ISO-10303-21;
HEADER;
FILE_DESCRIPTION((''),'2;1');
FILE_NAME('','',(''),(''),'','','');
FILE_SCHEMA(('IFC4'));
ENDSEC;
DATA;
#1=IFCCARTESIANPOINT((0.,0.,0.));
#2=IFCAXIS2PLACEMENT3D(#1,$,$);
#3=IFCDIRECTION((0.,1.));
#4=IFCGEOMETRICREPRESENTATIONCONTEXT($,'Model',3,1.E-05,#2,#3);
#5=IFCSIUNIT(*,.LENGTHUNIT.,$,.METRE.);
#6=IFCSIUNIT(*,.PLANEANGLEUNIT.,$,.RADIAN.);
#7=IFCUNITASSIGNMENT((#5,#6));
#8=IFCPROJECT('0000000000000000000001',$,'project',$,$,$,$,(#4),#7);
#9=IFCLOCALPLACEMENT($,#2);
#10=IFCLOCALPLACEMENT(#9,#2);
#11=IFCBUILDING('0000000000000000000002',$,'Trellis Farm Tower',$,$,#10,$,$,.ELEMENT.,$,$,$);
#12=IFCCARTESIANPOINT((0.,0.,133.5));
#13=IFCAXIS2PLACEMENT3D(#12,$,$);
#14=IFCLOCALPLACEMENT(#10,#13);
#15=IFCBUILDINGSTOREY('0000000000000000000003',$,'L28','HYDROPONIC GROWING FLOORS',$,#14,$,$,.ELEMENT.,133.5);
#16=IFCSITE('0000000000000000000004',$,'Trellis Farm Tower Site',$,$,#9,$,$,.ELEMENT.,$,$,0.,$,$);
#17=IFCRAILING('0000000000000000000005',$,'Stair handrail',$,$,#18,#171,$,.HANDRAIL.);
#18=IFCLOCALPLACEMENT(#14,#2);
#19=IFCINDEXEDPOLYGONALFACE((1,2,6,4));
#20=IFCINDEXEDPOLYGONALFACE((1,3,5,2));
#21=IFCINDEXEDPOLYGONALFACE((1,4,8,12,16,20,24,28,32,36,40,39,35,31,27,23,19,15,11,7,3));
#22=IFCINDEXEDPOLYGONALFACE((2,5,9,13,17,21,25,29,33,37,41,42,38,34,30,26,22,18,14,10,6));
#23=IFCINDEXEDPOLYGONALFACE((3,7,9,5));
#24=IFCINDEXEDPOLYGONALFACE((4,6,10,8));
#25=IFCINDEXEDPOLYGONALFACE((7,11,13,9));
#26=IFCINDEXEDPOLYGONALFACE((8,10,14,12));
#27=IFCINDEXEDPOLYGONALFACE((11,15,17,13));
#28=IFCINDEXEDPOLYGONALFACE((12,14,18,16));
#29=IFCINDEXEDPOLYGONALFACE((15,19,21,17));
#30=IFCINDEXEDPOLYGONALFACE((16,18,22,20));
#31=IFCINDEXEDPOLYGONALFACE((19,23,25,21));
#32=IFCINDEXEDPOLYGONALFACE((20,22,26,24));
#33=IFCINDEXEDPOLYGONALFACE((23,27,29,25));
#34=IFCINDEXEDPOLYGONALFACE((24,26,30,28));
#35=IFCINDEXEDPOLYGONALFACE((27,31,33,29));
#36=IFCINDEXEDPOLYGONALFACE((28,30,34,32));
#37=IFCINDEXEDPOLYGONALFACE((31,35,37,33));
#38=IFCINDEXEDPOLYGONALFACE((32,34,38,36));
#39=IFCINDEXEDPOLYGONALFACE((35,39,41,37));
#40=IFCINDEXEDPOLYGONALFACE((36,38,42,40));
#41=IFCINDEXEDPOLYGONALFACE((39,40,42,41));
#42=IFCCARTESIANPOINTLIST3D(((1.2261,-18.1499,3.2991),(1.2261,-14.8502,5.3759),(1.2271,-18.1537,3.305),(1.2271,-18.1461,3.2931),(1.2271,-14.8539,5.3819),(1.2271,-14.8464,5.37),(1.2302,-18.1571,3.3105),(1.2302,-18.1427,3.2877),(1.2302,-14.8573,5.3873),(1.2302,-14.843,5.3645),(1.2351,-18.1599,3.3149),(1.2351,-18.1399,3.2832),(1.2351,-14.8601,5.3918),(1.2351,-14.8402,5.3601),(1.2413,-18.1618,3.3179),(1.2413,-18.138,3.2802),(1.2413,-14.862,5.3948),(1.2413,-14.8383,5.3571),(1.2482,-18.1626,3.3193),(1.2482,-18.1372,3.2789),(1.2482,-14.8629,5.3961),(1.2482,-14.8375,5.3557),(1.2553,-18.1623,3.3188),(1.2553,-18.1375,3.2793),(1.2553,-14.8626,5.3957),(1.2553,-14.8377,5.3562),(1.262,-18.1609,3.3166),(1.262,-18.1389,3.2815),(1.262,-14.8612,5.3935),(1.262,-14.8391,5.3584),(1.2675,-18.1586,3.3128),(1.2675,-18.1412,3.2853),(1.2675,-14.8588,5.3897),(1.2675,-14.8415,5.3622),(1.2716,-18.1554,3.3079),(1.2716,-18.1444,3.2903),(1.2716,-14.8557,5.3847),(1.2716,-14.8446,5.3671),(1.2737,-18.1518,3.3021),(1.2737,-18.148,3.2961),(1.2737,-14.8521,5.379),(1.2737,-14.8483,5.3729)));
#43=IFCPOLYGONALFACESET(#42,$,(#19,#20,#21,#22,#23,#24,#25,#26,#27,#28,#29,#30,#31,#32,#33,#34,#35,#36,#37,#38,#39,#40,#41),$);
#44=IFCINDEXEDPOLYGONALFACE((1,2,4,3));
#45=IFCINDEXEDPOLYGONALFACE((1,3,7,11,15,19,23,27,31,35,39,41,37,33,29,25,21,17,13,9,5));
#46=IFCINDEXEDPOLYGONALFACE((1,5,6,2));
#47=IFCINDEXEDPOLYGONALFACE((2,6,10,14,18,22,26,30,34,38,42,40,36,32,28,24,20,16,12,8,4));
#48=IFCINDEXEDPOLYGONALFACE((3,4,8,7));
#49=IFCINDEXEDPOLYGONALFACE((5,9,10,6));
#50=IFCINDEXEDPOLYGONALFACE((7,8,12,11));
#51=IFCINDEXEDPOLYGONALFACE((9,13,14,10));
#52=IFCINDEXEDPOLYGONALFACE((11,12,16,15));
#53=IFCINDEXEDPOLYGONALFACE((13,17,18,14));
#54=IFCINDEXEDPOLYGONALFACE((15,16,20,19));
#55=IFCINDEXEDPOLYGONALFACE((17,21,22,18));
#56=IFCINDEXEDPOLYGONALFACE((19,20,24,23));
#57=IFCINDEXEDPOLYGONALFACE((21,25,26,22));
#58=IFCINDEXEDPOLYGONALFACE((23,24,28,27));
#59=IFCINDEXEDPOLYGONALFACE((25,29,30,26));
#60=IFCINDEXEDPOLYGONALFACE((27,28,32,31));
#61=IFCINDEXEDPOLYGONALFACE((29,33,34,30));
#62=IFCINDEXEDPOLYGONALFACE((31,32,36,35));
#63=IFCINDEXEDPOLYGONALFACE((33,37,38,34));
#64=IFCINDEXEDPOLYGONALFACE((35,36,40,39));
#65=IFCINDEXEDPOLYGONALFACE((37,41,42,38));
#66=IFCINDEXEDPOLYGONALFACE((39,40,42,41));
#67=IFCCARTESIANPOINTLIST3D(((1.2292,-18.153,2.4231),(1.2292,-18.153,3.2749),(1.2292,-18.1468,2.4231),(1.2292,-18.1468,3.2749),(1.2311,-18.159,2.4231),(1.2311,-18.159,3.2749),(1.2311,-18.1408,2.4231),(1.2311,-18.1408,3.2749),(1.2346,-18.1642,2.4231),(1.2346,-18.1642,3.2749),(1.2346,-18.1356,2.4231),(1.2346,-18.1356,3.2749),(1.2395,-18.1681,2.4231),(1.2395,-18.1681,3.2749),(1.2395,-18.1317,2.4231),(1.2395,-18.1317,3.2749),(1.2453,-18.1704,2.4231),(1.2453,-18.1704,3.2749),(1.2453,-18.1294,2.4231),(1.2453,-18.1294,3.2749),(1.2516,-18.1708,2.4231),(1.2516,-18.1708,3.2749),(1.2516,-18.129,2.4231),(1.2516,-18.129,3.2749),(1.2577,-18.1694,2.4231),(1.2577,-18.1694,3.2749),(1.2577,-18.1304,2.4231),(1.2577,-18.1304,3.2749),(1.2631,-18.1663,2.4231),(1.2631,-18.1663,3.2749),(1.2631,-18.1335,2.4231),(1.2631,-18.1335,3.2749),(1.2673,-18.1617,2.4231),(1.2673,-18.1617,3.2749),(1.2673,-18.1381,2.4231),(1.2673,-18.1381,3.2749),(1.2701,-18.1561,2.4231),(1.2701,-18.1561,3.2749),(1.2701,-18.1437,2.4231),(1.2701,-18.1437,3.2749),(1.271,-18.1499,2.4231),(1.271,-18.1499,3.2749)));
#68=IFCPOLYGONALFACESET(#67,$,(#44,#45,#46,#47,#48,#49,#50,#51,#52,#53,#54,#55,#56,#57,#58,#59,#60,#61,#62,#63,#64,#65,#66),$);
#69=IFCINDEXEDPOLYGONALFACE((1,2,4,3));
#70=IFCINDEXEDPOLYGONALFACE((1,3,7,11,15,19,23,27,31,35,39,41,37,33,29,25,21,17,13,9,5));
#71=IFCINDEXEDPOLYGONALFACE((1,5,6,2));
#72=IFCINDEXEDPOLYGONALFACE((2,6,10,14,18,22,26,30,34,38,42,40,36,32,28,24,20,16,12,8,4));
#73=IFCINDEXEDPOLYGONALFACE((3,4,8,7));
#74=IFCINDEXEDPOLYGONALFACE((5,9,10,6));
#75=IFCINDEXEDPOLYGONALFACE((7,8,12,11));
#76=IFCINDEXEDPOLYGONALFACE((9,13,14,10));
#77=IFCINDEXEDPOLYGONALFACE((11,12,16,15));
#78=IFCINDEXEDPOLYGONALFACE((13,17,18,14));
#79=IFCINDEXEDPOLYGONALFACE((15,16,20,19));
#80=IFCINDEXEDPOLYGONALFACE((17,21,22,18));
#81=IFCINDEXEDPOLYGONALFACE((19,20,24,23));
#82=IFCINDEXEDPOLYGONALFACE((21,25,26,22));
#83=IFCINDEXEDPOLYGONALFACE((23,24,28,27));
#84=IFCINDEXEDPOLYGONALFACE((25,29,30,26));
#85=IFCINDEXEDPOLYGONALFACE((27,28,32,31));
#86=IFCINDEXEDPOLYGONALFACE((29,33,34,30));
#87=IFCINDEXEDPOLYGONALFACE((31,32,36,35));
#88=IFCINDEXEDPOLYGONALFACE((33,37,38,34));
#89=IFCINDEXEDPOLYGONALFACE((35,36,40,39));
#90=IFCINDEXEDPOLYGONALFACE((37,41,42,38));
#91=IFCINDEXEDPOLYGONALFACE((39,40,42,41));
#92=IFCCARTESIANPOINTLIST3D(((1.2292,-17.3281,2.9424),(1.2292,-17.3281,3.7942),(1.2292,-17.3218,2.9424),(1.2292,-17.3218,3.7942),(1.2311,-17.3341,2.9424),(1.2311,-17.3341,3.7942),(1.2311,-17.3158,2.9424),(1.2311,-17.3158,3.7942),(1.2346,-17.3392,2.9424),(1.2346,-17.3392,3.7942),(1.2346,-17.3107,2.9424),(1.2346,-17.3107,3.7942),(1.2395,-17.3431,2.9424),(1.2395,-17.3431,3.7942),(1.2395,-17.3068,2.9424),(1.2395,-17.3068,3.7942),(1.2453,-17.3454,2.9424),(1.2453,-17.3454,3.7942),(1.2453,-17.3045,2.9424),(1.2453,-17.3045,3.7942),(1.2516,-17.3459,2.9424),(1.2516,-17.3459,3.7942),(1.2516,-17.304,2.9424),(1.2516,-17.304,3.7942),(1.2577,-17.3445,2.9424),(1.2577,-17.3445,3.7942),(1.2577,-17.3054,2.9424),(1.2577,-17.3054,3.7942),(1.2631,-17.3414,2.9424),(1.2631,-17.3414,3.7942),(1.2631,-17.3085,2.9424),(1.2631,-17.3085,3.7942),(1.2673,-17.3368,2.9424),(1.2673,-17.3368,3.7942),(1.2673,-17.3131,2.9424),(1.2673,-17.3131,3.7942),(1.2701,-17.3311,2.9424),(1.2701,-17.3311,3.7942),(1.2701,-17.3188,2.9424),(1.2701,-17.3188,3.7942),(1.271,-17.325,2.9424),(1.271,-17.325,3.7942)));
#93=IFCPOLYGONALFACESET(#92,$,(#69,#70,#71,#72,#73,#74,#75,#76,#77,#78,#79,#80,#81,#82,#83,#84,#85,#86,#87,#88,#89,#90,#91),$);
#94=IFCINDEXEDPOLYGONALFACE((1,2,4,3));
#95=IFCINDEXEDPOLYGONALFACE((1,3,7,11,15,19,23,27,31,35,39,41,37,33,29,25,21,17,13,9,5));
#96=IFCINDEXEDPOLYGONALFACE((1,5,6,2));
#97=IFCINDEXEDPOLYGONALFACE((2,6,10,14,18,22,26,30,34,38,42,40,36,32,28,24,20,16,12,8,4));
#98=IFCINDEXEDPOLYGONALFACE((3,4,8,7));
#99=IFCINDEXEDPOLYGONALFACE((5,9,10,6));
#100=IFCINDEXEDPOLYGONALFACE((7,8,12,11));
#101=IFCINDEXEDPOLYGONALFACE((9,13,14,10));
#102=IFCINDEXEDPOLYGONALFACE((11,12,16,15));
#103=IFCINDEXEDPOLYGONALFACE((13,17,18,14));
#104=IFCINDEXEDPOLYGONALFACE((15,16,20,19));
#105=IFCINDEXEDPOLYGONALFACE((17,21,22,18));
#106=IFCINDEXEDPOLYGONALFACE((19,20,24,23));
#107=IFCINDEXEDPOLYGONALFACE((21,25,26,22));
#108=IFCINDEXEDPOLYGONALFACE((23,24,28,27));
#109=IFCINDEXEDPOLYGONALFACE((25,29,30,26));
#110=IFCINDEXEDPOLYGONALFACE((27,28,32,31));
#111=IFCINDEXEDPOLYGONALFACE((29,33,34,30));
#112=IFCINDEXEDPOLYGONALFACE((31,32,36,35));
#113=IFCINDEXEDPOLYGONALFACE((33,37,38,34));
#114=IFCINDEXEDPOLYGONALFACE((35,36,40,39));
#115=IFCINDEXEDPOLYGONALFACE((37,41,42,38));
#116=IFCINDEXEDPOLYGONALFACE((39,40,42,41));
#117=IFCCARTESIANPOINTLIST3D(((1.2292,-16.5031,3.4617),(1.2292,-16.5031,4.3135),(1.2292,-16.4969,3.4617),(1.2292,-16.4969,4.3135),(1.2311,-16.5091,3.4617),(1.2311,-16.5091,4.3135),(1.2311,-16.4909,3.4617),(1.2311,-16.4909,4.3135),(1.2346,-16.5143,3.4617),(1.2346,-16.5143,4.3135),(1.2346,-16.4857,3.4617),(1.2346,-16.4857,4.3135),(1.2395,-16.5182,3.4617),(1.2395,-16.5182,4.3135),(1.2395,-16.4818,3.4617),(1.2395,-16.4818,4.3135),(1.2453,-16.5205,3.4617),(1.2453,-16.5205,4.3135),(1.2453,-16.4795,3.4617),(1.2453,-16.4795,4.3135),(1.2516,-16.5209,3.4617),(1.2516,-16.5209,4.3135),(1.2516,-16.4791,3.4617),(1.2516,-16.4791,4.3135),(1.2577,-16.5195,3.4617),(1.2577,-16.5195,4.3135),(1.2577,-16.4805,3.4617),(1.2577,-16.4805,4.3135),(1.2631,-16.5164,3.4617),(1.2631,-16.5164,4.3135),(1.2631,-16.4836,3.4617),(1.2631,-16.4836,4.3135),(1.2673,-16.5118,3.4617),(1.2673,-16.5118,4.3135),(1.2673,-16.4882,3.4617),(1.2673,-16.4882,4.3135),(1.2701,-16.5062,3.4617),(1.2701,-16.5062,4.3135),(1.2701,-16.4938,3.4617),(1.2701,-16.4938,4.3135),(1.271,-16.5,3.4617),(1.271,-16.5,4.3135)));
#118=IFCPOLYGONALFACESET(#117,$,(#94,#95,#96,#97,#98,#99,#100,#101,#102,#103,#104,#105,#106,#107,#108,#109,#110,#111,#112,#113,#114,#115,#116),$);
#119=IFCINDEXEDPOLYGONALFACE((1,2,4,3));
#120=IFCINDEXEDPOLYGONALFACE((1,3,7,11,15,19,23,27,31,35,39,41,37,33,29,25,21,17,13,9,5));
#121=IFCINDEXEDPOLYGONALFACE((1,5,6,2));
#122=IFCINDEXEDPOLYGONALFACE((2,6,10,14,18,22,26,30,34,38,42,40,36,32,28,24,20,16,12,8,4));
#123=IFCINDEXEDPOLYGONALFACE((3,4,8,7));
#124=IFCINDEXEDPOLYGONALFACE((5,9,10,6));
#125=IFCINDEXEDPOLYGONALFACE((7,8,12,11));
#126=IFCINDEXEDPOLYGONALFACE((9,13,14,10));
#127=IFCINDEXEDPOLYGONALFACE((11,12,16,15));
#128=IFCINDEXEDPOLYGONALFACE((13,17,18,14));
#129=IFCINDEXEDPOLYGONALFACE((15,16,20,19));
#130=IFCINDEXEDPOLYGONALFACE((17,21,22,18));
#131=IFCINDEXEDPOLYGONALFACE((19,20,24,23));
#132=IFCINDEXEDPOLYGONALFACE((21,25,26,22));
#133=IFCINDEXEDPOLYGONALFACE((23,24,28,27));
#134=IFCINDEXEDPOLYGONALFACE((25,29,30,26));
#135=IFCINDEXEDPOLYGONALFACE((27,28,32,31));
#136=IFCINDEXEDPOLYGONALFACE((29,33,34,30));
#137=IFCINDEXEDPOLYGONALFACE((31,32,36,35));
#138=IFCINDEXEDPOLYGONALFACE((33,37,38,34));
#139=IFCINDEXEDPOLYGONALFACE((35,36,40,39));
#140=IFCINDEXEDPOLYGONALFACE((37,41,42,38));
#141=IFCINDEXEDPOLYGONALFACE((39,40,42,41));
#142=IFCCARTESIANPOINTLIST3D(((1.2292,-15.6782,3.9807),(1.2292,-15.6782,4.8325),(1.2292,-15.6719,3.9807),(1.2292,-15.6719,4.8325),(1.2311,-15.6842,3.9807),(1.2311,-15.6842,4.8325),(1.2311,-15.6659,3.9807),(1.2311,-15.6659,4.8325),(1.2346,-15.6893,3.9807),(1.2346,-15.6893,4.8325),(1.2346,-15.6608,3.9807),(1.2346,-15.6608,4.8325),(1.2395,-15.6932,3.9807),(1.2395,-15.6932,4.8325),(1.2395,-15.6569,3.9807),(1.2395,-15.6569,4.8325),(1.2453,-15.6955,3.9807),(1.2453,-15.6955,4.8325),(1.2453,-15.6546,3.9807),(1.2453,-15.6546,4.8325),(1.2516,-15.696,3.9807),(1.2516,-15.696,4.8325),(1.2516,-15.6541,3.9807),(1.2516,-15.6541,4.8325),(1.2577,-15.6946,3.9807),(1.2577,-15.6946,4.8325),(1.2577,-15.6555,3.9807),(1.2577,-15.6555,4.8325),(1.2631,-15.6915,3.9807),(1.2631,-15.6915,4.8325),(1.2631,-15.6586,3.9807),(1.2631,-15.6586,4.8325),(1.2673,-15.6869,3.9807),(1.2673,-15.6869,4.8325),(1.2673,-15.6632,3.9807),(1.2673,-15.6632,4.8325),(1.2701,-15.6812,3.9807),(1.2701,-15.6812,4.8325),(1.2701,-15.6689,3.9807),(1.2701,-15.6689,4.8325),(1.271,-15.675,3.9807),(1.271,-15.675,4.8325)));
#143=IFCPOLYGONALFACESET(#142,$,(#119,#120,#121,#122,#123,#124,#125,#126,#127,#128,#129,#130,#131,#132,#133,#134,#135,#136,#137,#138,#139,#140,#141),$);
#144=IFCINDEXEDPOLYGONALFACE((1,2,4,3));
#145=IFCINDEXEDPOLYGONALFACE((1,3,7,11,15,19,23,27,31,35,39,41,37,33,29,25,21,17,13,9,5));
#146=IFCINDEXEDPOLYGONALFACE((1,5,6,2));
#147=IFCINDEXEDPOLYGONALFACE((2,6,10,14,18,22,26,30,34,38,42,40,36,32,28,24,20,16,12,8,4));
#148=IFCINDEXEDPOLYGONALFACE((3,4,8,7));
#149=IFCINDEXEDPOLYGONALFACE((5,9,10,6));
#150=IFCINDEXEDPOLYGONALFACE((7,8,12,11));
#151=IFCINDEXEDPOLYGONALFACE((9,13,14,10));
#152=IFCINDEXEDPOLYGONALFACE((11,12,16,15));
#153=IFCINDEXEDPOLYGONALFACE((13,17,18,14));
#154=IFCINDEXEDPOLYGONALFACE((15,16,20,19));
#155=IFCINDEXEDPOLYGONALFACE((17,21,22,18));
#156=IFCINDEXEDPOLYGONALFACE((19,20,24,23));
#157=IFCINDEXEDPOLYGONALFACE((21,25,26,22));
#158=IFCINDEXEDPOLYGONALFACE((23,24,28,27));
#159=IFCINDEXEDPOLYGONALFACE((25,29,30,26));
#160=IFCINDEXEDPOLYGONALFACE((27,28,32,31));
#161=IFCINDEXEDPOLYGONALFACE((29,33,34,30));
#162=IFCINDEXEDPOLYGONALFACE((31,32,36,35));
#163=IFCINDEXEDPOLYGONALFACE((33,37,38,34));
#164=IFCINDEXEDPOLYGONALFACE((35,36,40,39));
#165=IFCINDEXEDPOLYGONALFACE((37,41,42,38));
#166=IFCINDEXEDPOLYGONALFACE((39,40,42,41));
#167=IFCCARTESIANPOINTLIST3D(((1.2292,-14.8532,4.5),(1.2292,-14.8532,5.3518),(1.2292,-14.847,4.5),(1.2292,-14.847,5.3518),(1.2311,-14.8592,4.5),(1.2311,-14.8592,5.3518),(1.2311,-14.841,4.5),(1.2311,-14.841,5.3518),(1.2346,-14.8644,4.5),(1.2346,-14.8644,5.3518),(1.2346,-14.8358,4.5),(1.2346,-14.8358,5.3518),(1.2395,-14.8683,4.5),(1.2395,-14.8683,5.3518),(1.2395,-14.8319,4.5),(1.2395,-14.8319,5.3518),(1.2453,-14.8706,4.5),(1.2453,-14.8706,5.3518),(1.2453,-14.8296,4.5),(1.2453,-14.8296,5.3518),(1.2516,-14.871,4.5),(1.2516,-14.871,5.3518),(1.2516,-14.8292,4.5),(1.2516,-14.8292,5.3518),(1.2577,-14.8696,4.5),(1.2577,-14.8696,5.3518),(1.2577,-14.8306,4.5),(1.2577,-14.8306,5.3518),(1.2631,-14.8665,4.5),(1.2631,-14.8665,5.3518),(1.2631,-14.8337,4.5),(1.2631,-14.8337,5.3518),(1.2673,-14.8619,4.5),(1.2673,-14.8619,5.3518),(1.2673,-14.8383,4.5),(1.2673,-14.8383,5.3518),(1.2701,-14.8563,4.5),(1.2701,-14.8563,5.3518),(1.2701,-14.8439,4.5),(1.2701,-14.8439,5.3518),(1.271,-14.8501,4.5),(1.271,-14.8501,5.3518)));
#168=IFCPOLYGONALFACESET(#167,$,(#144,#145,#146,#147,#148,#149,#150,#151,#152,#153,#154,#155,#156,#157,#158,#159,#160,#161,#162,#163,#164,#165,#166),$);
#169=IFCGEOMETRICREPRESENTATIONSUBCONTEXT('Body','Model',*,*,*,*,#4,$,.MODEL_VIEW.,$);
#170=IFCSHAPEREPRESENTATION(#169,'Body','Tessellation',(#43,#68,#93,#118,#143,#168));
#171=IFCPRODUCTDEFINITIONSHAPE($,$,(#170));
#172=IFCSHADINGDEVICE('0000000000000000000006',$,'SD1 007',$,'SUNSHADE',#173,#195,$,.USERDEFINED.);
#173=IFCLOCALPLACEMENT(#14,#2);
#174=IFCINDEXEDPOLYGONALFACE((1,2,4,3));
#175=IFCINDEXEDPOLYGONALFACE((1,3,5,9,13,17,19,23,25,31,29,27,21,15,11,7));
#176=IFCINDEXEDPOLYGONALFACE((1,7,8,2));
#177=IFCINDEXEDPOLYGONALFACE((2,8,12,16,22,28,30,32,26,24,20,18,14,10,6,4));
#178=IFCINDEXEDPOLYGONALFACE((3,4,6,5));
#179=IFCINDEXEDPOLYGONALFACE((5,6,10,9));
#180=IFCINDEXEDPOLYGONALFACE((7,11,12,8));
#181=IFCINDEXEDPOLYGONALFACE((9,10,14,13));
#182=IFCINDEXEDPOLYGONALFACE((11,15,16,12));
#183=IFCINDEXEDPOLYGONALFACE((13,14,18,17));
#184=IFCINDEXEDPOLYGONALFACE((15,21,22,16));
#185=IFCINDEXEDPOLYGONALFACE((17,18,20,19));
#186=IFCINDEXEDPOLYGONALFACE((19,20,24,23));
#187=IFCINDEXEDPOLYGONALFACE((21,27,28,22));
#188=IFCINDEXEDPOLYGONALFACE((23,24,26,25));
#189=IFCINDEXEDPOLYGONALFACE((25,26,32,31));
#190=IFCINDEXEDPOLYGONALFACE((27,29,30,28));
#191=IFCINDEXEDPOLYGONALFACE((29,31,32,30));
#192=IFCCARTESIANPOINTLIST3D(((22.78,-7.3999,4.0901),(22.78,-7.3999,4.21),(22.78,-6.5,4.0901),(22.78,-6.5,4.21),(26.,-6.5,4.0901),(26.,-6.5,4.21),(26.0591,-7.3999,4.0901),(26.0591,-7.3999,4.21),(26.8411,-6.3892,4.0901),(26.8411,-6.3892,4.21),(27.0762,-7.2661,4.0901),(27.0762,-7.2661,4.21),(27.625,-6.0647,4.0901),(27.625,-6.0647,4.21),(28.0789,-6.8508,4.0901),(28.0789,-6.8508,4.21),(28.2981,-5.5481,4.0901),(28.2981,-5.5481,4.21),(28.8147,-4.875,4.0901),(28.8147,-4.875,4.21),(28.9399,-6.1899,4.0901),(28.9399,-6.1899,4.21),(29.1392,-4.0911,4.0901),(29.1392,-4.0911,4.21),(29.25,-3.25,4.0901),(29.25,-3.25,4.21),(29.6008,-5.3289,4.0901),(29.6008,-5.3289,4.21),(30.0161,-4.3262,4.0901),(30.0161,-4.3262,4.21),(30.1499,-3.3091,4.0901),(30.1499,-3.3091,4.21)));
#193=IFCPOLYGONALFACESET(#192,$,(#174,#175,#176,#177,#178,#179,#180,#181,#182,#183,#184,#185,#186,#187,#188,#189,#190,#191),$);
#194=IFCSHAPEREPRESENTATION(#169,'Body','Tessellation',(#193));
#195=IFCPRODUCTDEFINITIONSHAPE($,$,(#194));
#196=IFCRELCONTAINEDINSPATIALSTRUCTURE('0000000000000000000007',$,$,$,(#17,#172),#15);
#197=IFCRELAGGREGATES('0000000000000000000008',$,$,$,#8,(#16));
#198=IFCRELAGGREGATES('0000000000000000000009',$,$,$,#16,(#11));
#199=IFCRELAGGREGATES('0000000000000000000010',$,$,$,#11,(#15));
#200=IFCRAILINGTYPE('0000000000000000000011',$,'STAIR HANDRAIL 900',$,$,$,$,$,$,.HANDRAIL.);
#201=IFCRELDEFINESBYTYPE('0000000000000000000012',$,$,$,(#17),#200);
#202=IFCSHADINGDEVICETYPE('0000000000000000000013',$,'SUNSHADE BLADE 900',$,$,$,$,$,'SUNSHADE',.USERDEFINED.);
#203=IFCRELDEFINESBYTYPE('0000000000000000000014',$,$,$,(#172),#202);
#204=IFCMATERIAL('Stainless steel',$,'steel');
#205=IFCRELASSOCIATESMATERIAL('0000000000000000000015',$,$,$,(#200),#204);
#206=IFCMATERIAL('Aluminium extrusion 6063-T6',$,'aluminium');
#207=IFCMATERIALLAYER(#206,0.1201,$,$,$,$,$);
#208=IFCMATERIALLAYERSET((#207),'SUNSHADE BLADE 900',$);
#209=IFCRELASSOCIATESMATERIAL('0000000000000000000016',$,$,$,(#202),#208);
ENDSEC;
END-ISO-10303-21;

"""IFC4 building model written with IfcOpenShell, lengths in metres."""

from ifc_helpers import new_model, si_unit, direction, frame, origin, origin_2d, place, context, subcontext, project, spatial, polyline, circle, outline, extrude, source, transform, mapped, material, layer, layer_set, type_object, element, save


model = new_model("IFC4")

# Units and contexts
model_context = context("Model", 3, precision=1e-05, world=origin(), true_north=direction((0.0, 1.0)))
body_context = subcontext(model_context, "Body", "Model", "MODEL_VIEW")
ifc_project = project(units=[si_unit("LENGTHUNIT", "METRE"), si_unit("PLANEANGLEUNIT", "RADIAN")], contexts=[model_context])

# Site, building, storey
site_placement = place(None, origin())
site = spatial("IfcSite", under=ifc_project, at=site_placement, Name="Trellis Farm Tower Site", CompositionType="ELEMENT", RefElevation=0.0)
building_placement = place(site_placement, origin())
building = spatial("IfcBuilding", under=site, at=building_placement, Name="Trellis Farm Tower", CompositionType="ELEMENT")
storey_placement = place(building_placement, frame((0.0, 0.0, 133.5)))
storey = spatial("IfcBuildingStorey", under=building, at=storey_placement, Name="L28", Description="HYDROPONIC GROWING FLOORS", CompositionType="ELEMENT", Elevation=133.5)

# Shared definitions
ifc_material_1 = material(Name="Aluminium extrusion 6063-T6", Category="aluminium")

# Railing
ifc_material_2 = material(Name="Stainless steel", Category="steel")
railing_type = type_object("IfcRailingType", Name="STAIR HANDRAIL 900", PredefinedType="HANDRAIL", material=ifc_material_2)
shared_shape_1 = source(origin(), body_context, "Body", "SweptSolid", [
    extrude(circle(Radius=0.0239, at=origin_2d()), frame((0.0, 0.0, 0.876), z_axis=(0.0, 0.84632, 0.532675), x_axis=(-1.0, 0.0, 0.0)), (0.0, 0.0, 1.0), 3.8989),
    extrude(circle(Radius=0.021, at=origin_2d()), origin(), (0.0, 0.0, 1.0), 0.8518),
    extrude(circle(Radius=0.021, at=origin_2d()), frame((0.0, 0.825, 0.5193)), (0.0, 0.0, 1.0), 0.8518),
    extrude(circle(Radius=0.021, at=origin_2d()), frame((0.0, 1.6499, 1.0386)), (0.0, 0.0, 1.0), 0.8518),
    extrude(circle(Radius=0.021, at=origin_2d()), frame((0.0, 2.4749, 1.5576)), (0.0, 0.0, 1.0), 0.8518),
    extrude(circle(Radius=0.021, at=origin_2d()), frame((0.0, 3.2998, 2.0769)), (0.0, 0.0, 1.0), 0.8518),
])
railing_placement = place(storey_placement, frame((1.25, -18.1499, 2.4231)))
element("IfcRailing", 1, at=railing_placement, inside=storey, type_object=railing_type, Name="Stair handrail", PredefinedType="HANDRAIL", context=body_context, shape_type="MappedRepresentation", body=[
    mapped(shared_shape_1, transform((0.0, 0.0, 0.0))),
])

# Shading device
ifc_layer_1 = layer(ifc_material_1, 0.1201)
ifc_layer_set_1 = layer_set([ifc_layer_1], Name="SUNSHADE BLADE 900")
shading_device_type = type_object("IfcShadingDeviceType", Name="SUNSHADE BLADE 900", ElementType="SUNSHADE", PredefinedType="USERDEFINED", material=ifc_layer_set_1)
shared_shape_2 = source(origin(), body_context, "Body", "SweptSolid", [
    extrude(outline(polyline([(22.78, -7.3999), (26.0591, -7.3999), (27.0762, -7.2661), (28.0789, -6.8508), (28.9399, -6.1899), (29.6008, -5.3289), (30.0161, -4.3262), (30.1499, -3.3091), (29.25, -3.25), (29.1392, -4.0911), (28.8147, -4.875), (28.2981, -5.5481), (27.625, -6.0647), (26.8411, -6.3892), (26.0, -6.5), (22.78, -6.5), (22.78, -7.3999)])), origin(), (0.0, 0.0, 1.0), 0.1199),
])
shading_device_placement = place(storey_placement, frame((0.0, 0.0, 4.0901)))
element("IfcShadingDevice", 2, at=shading_device_placement, inside=storey, type_object=shading_device_type, Name="SD1 007", ObjectType="SUNSHADE", PredefinedType="USERDEFINED", context=body_context, shape_type="MappedRepresentation", body=[
    mapped(shared_shape_2, transform((0.0, 0.0, 0.0))),
])

save(model, "model.ifc")
